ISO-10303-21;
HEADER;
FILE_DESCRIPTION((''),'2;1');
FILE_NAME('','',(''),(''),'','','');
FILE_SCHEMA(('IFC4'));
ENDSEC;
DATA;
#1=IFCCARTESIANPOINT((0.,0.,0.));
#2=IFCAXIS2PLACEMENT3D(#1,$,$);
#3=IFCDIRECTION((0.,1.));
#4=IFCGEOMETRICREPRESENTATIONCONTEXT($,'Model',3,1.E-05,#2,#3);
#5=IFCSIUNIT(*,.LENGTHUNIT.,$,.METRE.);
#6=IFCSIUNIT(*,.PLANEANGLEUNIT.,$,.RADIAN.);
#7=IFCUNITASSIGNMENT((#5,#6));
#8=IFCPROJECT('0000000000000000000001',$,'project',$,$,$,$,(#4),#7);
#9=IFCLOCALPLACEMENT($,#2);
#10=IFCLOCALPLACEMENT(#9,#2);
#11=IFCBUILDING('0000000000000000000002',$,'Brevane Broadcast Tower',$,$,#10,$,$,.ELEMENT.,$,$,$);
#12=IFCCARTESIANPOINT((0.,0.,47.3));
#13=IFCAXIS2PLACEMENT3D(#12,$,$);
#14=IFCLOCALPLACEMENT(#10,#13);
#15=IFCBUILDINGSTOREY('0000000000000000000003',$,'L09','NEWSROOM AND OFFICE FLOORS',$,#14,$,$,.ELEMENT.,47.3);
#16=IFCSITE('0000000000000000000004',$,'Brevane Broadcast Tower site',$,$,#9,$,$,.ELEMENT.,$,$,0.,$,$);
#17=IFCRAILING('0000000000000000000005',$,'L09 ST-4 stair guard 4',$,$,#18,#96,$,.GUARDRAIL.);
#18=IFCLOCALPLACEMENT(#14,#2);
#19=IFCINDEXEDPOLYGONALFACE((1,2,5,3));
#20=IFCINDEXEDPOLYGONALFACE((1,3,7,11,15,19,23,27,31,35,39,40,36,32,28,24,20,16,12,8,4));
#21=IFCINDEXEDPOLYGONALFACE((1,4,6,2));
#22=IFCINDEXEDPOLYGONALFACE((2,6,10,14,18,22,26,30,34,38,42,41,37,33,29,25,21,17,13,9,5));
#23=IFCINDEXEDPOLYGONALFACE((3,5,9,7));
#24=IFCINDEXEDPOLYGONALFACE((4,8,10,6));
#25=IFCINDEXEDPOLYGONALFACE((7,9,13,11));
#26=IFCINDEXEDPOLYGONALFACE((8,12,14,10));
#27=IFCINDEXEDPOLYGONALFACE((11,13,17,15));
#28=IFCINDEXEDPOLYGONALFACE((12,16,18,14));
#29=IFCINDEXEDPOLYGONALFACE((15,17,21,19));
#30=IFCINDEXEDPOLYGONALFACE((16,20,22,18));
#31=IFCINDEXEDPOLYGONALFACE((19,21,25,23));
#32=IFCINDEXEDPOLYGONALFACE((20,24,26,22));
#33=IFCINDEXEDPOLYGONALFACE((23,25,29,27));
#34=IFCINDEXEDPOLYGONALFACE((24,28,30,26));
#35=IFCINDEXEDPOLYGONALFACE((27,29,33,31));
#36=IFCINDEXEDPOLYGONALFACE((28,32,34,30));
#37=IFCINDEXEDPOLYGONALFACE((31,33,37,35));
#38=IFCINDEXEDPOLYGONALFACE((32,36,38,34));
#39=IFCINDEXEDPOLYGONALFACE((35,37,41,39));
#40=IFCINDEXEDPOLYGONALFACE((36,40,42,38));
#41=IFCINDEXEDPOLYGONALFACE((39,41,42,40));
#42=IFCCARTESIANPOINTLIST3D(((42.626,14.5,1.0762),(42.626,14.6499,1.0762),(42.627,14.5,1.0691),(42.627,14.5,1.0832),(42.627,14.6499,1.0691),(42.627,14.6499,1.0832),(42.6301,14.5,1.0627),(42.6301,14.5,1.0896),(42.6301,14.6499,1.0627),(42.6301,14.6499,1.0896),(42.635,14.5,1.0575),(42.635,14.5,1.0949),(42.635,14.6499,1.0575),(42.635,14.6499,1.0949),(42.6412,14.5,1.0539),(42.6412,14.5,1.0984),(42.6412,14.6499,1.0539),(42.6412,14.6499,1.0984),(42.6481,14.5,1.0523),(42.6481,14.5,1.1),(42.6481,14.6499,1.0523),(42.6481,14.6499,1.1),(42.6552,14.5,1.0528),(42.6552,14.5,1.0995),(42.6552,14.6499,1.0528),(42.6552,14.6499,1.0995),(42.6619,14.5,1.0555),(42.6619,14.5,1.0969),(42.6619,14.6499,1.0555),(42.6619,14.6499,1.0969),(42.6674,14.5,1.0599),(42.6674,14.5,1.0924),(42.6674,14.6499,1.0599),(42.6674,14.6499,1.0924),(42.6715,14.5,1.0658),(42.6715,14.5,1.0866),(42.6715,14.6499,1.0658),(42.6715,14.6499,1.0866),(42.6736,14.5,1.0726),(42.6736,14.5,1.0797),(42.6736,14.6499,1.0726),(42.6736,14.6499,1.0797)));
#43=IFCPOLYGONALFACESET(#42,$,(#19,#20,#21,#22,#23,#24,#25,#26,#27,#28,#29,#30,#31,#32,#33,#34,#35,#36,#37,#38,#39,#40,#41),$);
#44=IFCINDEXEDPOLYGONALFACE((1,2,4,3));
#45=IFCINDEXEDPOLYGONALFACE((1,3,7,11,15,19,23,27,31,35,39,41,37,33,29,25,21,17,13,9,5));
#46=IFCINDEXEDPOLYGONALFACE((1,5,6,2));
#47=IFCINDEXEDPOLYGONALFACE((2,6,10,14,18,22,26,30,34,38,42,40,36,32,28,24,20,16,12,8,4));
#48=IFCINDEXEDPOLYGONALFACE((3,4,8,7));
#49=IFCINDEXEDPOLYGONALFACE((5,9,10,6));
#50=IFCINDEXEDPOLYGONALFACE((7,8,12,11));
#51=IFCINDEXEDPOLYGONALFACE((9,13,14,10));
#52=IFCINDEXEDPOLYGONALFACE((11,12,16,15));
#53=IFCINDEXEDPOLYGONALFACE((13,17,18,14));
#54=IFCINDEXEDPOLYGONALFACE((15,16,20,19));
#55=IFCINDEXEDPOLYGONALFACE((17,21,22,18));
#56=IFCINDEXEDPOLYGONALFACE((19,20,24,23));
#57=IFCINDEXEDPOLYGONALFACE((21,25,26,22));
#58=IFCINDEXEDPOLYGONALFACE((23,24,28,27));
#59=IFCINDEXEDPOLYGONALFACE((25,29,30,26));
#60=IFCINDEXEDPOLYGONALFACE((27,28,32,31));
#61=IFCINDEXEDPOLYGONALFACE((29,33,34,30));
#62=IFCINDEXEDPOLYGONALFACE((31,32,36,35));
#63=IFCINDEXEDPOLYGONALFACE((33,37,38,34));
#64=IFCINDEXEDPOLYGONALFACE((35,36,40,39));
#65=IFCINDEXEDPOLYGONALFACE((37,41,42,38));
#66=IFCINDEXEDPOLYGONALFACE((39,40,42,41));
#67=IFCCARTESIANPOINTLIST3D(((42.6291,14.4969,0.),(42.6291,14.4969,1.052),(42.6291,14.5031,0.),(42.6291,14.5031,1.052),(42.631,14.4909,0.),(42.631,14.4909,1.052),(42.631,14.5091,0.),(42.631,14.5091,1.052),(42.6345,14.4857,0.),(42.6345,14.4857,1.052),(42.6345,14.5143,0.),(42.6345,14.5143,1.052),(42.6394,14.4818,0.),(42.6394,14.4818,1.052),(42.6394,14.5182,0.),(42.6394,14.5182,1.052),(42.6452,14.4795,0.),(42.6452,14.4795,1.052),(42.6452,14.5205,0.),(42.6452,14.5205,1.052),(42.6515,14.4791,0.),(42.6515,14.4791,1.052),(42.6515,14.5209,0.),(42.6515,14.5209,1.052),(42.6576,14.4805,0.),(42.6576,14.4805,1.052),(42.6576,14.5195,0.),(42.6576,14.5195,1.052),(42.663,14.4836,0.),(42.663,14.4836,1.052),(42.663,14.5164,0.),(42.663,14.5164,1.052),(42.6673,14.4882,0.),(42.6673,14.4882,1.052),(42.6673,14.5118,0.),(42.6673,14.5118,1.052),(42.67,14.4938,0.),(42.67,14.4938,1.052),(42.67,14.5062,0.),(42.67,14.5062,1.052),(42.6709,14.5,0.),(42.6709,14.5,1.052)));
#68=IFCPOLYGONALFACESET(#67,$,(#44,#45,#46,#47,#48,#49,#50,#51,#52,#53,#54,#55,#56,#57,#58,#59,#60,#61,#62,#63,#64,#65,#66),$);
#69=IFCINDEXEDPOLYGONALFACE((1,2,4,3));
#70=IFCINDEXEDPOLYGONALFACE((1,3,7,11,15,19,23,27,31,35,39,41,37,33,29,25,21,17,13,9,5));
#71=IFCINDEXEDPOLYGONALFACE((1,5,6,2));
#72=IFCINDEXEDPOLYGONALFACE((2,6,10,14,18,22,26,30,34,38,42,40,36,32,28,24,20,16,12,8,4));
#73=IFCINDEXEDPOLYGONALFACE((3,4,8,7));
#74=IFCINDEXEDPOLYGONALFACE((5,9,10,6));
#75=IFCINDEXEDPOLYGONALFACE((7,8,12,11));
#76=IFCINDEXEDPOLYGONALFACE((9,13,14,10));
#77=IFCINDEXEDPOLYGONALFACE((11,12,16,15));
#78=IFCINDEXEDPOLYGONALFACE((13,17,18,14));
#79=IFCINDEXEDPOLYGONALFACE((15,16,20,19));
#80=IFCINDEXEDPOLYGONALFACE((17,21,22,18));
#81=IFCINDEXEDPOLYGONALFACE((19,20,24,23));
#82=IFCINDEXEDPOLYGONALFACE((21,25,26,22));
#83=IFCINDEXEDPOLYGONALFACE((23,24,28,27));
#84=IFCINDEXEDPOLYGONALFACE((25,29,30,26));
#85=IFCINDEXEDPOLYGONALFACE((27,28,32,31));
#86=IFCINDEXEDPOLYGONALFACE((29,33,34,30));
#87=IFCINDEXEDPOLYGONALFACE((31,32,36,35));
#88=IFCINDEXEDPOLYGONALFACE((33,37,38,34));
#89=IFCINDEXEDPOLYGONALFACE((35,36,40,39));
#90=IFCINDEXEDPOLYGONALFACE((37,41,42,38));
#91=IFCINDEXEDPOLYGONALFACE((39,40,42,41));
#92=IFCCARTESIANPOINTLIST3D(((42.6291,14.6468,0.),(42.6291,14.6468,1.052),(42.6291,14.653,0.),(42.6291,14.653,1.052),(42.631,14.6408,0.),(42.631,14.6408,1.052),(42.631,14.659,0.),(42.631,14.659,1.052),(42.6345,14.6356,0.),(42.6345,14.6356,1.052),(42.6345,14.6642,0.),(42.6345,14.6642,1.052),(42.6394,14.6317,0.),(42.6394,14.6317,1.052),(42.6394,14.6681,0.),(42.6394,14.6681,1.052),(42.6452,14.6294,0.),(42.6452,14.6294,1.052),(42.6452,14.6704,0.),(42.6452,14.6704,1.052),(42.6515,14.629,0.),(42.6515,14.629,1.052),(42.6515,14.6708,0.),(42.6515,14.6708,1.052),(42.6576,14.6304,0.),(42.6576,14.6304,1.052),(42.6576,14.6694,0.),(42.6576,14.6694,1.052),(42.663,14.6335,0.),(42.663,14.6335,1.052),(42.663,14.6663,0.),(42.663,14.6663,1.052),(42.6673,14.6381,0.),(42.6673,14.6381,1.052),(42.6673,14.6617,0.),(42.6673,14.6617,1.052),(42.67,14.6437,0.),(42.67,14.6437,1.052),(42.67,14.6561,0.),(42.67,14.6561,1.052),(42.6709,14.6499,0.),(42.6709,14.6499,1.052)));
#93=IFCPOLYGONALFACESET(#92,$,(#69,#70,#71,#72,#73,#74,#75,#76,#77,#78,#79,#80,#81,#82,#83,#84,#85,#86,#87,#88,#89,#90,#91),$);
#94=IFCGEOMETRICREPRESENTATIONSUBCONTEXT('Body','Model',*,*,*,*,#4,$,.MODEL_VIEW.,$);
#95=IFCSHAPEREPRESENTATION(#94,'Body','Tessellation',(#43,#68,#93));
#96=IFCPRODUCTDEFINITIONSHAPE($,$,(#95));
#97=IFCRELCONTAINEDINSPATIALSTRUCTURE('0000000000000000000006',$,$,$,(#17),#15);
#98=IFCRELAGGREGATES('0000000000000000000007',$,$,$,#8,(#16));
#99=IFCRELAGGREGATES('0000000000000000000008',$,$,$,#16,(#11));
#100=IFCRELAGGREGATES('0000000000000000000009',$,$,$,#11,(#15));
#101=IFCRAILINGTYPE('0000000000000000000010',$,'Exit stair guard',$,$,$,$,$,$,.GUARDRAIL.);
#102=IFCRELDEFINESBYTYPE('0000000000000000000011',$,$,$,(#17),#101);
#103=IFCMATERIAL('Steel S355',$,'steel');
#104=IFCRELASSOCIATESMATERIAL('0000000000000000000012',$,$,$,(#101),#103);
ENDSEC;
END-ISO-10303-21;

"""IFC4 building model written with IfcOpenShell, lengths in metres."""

from ifc_helpers import new_model, si_unit, direction, frame, origin, origin_2d, place, context, subcontext, project, spatial, circle, extrude, material, type_object, element, save


model = new_model("IFC4")

# Units and contexts
model_context = context("Model", 3, precision=1e-05, world=origin(), true_north=direction((0.0, 1.0)))
body_context = subcontext(model_context, "Body", "Model", "MODEL_VIEW")
ifc_project = project(units=[si_unit("LENGTHUNIT", "METRE"), si_unit("PLANEANGLEUNIT", "RADIAN")], contexts=[model_context])

# Site, building, storey
site_placement = place(None, origin())
site = spatial("IfcSite", under=ifc_project, at=site_placement, Name="Brevane Broadcast Tower site", CompositionType="ELEMENT", RefElevation=0.0)
building_placement = place(site_placement, origin())
building = spatial("IfcBuilding", under=site, at=building_placement, Name="Brevane Broadcast Tower", CompositionType="ELEMENT")
storey_placement = place(building_placement, frame((0.0, 0.0, 47.3)))
storey = spatial("IfcBuildingStorey", under=building, at=storey_placement, Name="L09", Description="NEWSROOM AND OFFICE FLOORS", CompositionType="ELEMENT", Elevation=47.3)

# Railing
ifc_material_1 = material(Name="Steel S355", Category="steel")
railing_type_1 = type_object("IfcRailingType", Name="Exit stair guard", PredefinedType="GUARDRAIL", material=ifc_material_1)
railing_1_placement = place(storey_placement, frame((42.6499, 14.5, 0.0)))
element("IfcRailing", 1, at=railing_1_placement, inside=storey, type_object=railing_type_1, Name="L09 ST-4 stair guard 4", PredefinedType="GUARDRAIL", context=body_context, shape_type="SweptSolid", body=[
    extrude(circle(Radius=0.0239, at=origin_2d()), frame((0.0, 0.0, 1.0762), z_axis=(0.0, 1.0, 0.0), x_axis=(-1.0, 0.0, 0.0)), (0.0, 0.0, 1.0), 0.1499),
    extrude(circle(Radius=0.021, at=origin_2d()), origin(), (0.0, 0.0, 1.0), 1.052),
    extrude(circle(Radius=0.021, at=origin_2d()), frame((0.0, 0.1499, 0.0)), (0.0, 0.0, 1.0), 1.052),
])

save(model, "model.ifc")
